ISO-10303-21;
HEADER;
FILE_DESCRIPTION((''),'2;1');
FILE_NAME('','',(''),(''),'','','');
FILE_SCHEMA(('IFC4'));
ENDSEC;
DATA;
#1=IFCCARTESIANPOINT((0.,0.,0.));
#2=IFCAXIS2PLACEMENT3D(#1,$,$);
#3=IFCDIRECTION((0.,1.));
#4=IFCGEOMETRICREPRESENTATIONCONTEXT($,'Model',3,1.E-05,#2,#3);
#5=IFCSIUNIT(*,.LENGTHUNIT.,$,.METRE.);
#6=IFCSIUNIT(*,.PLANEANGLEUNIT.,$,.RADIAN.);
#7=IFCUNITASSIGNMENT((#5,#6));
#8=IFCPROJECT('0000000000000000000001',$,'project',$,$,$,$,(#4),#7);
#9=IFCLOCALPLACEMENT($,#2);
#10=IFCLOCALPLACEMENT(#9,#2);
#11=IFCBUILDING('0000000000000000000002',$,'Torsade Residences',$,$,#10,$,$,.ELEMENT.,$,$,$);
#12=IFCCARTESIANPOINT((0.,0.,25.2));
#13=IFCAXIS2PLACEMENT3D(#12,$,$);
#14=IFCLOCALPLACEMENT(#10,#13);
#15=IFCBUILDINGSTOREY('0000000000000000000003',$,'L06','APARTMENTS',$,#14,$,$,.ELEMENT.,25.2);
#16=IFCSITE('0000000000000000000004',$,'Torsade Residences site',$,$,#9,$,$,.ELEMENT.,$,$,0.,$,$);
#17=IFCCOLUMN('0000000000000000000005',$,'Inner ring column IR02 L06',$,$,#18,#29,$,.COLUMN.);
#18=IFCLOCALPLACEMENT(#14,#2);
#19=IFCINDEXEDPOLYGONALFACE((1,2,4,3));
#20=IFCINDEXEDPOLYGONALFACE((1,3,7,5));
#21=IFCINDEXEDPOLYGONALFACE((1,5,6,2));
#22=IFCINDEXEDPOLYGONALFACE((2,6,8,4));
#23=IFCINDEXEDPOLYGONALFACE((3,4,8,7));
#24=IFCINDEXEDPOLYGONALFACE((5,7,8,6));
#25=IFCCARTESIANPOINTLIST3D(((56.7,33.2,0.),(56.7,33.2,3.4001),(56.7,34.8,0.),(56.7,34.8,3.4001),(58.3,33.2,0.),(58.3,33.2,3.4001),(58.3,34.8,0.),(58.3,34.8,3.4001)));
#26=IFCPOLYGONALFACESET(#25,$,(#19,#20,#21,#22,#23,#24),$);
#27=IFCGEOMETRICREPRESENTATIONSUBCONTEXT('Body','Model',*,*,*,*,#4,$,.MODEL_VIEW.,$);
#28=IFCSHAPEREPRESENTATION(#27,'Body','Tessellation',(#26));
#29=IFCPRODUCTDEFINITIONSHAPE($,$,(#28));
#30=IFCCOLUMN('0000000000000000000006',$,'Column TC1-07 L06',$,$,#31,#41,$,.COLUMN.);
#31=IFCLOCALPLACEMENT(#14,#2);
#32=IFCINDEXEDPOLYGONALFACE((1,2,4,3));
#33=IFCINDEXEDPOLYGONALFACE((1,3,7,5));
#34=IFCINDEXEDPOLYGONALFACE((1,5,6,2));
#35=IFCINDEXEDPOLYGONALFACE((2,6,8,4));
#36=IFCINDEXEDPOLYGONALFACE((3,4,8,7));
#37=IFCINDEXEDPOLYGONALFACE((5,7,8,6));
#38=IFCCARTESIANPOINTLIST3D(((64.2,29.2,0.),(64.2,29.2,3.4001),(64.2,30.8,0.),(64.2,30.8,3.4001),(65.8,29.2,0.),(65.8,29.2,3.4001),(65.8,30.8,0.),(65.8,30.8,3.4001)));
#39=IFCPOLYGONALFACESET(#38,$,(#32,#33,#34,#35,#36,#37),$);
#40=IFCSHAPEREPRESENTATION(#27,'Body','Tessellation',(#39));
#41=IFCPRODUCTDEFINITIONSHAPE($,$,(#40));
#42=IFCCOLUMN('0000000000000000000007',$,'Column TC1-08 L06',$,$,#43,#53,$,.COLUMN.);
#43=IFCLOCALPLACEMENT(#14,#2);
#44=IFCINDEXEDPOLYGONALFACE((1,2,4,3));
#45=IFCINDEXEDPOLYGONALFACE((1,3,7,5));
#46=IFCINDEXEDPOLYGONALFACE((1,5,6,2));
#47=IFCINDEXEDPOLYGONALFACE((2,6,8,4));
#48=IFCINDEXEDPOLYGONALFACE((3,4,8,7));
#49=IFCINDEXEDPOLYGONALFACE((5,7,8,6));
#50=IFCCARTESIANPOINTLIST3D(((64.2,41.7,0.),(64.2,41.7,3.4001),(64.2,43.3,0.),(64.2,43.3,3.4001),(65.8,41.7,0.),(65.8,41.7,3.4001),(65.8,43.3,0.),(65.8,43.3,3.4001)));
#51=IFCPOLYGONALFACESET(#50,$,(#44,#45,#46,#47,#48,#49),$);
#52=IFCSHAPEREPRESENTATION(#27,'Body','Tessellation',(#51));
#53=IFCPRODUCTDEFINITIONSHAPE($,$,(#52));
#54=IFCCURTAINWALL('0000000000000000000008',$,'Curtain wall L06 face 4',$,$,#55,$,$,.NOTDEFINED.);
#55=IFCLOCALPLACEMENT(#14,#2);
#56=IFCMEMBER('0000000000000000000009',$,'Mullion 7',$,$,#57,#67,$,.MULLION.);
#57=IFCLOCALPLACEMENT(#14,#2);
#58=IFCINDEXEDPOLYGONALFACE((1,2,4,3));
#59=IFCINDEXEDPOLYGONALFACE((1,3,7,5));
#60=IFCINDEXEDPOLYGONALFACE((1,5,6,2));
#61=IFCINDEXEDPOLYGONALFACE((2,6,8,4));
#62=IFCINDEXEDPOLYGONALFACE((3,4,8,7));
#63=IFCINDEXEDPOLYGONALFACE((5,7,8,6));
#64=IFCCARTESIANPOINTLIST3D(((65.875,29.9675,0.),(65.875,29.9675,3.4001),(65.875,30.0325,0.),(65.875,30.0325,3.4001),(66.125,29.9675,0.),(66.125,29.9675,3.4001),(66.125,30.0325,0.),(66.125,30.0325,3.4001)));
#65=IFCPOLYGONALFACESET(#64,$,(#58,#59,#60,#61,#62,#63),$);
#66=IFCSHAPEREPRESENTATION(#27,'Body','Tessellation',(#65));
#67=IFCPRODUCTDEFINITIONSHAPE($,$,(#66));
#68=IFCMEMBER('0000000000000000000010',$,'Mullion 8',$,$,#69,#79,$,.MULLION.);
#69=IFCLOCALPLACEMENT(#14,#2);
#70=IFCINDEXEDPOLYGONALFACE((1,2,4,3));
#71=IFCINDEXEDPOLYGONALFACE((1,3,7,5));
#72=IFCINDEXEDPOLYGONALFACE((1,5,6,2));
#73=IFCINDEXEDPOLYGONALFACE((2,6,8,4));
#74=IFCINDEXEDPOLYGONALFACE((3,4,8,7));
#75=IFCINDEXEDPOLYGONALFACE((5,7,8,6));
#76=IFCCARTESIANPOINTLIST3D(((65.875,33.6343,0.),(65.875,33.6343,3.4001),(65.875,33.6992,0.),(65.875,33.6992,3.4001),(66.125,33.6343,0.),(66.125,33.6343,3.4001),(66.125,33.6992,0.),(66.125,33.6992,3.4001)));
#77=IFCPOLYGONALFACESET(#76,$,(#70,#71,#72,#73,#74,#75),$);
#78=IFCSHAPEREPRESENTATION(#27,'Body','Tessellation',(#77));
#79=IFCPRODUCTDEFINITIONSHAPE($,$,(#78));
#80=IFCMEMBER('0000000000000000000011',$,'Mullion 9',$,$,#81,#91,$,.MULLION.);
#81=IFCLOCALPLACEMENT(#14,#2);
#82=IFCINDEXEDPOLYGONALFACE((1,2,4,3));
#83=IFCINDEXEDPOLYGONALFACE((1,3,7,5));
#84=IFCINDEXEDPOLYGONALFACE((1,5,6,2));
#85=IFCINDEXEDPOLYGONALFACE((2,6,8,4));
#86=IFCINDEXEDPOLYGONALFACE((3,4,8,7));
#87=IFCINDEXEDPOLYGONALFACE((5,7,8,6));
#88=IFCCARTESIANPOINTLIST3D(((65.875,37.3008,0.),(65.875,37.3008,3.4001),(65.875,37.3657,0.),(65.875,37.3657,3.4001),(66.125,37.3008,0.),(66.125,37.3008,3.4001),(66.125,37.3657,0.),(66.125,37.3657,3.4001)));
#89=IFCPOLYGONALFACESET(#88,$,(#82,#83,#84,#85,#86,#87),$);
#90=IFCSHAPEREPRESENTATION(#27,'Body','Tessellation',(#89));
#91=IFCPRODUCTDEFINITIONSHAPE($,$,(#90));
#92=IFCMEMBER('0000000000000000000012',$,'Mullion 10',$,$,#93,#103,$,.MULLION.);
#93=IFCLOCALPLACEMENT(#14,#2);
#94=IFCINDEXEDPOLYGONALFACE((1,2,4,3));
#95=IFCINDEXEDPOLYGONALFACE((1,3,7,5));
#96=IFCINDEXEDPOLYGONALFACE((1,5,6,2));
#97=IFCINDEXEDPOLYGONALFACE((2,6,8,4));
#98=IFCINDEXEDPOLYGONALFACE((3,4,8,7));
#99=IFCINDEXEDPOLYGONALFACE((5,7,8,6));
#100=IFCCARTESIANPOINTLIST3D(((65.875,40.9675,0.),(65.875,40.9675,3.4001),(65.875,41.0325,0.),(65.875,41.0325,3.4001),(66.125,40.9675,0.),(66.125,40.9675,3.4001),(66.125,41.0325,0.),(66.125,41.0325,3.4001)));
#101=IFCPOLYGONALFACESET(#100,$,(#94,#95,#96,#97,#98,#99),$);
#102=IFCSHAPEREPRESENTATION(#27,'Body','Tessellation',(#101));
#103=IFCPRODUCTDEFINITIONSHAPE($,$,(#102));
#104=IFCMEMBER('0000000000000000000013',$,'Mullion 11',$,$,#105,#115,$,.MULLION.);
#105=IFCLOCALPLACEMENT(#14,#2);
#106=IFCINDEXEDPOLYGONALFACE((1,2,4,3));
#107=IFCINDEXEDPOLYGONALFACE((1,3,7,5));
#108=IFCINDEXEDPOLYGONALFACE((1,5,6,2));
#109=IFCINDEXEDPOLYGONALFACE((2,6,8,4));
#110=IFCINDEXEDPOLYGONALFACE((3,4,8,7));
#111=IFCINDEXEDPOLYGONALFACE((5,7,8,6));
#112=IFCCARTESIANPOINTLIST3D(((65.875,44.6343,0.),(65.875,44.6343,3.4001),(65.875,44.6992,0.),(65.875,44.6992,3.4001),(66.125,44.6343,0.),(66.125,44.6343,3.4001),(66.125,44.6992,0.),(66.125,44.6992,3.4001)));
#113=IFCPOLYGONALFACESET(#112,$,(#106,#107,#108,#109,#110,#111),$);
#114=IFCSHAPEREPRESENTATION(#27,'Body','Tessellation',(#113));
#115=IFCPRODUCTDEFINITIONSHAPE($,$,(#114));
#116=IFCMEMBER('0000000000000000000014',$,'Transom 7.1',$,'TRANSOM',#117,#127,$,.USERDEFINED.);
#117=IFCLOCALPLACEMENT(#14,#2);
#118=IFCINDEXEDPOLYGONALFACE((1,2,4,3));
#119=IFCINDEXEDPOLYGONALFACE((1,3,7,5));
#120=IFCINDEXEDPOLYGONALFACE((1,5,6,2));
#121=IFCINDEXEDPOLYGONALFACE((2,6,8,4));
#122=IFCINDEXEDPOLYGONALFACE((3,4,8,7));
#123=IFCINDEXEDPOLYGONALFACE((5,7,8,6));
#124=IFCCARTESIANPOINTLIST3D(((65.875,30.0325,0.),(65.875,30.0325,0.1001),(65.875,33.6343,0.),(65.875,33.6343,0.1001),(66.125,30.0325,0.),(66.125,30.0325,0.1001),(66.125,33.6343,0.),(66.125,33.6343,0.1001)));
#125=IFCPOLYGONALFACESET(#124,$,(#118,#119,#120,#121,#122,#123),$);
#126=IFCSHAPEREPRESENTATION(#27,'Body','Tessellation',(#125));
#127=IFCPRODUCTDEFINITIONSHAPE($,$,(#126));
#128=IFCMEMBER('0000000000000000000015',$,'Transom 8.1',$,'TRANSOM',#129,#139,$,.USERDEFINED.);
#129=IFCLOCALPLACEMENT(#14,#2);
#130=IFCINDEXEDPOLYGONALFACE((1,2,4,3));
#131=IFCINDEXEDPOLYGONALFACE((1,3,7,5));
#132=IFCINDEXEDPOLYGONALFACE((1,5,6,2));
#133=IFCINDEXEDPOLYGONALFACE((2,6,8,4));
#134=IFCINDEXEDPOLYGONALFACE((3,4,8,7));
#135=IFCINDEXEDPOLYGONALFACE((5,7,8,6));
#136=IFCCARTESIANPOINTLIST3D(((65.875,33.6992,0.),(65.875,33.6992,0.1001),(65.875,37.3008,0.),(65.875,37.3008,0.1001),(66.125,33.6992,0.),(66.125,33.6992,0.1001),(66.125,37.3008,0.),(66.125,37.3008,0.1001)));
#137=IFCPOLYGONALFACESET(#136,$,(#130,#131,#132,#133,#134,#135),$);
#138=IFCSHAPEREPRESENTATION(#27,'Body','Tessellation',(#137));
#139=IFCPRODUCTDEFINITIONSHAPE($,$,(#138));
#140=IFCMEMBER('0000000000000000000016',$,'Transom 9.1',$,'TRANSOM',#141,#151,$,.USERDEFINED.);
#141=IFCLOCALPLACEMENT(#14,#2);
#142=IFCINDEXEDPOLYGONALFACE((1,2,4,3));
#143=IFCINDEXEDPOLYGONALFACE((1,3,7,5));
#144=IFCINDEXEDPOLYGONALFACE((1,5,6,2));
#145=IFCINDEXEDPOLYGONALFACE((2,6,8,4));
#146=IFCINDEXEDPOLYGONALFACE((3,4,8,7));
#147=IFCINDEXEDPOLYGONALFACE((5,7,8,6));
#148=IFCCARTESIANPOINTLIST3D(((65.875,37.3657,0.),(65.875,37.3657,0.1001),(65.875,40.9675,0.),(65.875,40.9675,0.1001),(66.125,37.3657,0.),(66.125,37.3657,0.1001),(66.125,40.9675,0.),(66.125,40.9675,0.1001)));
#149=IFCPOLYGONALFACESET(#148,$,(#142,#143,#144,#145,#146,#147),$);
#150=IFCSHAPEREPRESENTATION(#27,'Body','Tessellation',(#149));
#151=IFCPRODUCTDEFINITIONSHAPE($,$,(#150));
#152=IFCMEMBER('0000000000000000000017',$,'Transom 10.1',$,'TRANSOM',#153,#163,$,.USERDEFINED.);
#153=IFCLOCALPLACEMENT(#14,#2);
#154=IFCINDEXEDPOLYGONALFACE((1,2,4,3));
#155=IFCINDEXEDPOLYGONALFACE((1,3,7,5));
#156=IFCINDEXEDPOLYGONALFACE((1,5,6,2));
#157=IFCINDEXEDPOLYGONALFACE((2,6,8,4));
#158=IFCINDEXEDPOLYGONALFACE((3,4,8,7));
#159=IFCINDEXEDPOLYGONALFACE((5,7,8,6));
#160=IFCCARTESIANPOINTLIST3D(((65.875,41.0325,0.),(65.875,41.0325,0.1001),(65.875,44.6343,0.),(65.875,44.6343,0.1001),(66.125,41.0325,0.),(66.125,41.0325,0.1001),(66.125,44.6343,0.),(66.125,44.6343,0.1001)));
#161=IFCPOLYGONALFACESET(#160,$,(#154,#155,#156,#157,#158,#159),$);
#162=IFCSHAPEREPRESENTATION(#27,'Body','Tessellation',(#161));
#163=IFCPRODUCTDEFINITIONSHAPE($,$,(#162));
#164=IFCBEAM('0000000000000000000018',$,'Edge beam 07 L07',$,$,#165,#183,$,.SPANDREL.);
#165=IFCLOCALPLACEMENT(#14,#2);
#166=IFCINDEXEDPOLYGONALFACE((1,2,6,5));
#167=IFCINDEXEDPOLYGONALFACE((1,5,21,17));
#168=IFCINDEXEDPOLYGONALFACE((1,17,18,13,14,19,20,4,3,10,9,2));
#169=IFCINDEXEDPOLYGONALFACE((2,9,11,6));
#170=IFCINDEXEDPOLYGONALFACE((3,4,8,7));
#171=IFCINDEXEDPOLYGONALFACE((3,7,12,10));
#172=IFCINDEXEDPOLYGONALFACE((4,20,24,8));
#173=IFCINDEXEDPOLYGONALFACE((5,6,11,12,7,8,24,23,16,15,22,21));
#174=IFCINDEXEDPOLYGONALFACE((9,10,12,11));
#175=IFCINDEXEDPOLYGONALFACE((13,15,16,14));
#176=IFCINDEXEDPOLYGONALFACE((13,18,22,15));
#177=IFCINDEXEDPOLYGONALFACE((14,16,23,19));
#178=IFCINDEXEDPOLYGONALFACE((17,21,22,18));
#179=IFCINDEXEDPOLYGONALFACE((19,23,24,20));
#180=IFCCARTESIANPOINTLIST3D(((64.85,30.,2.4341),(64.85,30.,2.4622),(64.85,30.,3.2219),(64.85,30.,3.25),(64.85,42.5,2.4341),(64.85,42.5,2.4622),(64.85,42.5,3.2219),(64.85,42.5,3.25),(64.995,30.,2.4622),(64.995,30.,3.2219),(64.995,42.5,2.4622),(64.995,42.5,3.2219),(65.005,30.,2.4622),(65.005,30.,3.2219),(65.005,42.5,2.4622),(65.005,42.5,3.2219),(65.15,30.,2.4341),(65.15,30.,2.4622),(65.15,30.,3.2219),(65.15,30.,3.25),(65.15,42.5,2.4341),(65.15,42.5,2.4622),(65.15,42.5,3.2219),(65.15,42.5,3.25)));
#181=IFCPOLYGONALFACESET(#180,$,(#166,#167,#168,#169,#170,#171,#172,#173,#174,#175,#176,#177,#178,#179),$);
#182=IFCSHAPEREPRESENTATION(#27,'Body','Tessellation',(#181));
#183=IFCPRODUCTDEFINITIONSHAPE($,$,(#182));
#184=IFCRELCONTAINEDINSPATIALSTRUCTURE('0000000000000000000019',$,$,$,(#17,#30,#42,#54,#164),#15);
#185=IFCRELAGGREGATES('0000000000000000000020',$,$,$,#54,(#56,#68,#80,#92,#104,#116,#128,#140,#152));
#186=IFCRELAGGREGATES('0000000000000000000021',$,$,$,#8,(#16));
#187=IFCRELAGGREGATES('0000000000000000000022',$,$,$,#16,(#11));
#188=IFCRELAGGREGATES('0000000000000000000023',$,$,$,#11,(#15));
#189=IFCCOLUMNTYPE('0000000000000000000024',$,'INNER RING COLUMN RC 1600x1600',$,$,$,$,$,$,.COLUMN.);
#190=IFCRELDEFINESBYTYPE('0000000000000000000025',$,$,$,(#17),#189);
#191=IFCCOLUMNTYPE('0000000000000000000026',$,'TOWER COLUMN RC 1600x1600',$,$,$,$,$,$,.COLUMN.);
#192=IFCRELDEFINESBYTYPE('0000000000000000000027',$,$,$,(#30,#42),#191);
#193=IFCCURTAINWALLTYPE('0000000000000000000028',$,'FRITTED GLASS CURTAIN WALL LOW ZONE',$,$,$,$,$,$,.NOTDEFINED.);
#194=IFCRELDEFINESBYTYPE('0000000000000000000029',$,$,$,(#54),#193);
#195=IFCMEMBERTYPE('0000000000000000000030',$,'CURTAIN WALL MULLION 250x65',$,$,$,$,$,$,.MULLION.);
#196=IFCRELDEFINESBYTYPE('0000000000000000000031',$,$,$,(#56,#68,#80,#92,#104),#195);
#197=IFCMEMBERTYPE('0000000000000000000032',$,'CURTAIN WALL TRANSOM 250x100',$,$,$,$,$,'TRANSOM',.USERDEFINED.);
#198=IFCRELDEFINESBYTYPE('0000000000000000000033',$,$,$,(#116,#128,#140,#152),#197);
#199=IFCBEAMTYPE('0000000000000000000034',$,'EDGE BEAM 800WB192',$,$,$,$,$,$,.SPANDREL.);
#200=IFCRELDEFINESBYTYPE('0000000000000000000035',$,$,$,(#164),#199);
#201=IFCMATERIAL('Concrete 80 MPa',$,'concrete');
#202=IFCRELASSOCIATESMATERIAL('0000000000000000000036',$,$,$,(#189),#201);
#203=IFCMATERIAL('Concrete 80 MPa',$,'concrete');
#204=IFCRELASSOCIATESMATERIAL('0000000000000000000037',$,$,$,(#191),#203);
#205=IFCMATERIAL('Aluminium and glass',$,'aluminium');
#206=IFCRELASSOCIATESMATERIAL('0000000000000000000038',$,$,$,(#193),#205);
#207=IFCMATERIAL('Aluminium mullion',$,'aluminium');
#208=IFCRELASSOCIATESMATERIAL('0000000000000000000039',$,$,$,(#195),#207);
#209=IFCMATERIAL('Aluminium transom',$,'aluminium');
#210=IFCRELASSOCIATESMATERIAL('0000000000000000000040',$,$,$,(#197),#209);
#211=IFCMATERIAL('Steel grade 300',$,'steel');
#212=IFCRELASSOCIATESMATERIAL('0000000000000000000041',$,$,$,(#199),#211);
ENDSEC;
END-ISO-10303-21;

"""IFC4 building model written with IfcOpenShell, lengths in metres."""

from ifc_helpers import new_model, si_unit, direction, frame, origin, origin_2d, place, context, subcontext, project, spatial, rectangle, i_section, extrude, material, material_profile, profile_set, type_object, element, aggregate, save


model = new_model("IFC4")

# Units and contexts
model_context = context("Model", 3, precision=1e-05, world=origin(), true_north=direction((0.0, 1.0)))
body_context = subcontext(model_context, "Body", "Model", "MODEL_VIEW")
ifc_project = project(units=[si_unit("LENGTHUNIT", "METRE"), si_unit("PLANEANGLEUNIT", "RADIAN")], contexts=[model_context])

# Site, building, storey
site_placement = place(None, origin())
site = spatial("IfcSite", under=ifc_project, at=site_placement, Name="Torsade Residences site", CompositionType="ELEMENT", RefElevation=0.0)
building_placement = place(site_placement, origin())
building = spatial("IfcBuilding", under=site, at=building_placement, Name="Torsade Residences", CompositionType="ELEMENT")
storey_placement = place(building_placement, frame((0.0, 0.0, 25.2)))
storey = spatial("IfcBuildingStorey", under=building, at=storey_placement, Name="L06", Description="APARTMENTS", CompositionType="ELEMENT", Elevation=25.2)

# Columns
ifc_material_1 = material(Name="Concrete 80 MPa", Category="concrete")
ifc_material_profile_1 = material_profile(ifc_material_1, rectangle(XDim=1.6001, YDim=1.6001, at=origin_2d()), Name="RC 1600x1600")
ifc_profile_set_1 = profile_set([ifc_material_profile_1], Name="Concrete 80 MPa")
column_type_1 = type_object("IfcColumnType", Name="INNER RING COLUMN RC 1600x1600", PredefinedType="COLUMN", material=ifc_profile_set_1)
column_placement = place(storey_placement, frame((57.5, 34.0, 0.0), z_axis=(0.0, 0.0, 1.0), x_axis=(1.0, 0.0, 0.0)))
element("IfcColumn", 1, at=column_placement, inside=storey, type_object=column_type_1, Name="Inner ring column IR02 L06", PredefinedType="COLUMN", context=body_context, shape_type="SweptSolid", body=[
    extrude(rectangle(XDim=1.6001, YDim=1.6001, at=origin_2d()), origin(), (0.0, 0.0, 1.0), 3.4001),
])
ifc_material_2 = material(Name="Concrete 80 MPa", Category="concrete")
ifc_material_profile_2 = material_profile(ifc_material_2, rectangle(XDim=1.6001, YDim=1.6001, at=origin_2d()), Name="RC 1600x1600")
ifc_profile_set_2 = profile_set([ifc_material_profile_2], Name="Concrete 80 MPa")
column_type_2 = type_object("IfcColumnType", Name="TOWER COLUMN RC 1600x1600", PredefinedType="COLUMN", material=ifc_profile_set_2)
for number, where, z_axis, x_axis, name in (
    (2, (65.0, 30.0, 0.0), (0.0, 0.0, 1.0), (1.0, 0.0, 0.0), "Column TC1-07 L06"),
    (3, (65.0, 42.5, 0.0), (0.0, 0.0, 1.0), (1.0, 0.0, 0.0), "Column TC1-08 L06"),
):
    element("IfcColumn", number, at=place(storey_placement, frame(where, z_axis=z_axis, x_axis=x_axis)), inside=storey, type_object=column_type_2, Name=name, PredefinedType="COLUMN", context=body_context, shape_type="SweptSolid", body=[
        extrude(rectangle(XDim=1.6001, YDim=1.6001, at=origin_2d()), origin(), (0.0, 0.0, 1.0), 3.4001),
    ])

# Curtain wall, members
ifc_material_3 = material(Name="Aluminium and glass", Category="aluminium")
curtain_wall_type = type_object("IfcCurtainWallType", Name="FRITTED GLASS CURTAIN WALL LOW ZONE", PredefinedType="NOTDEFINED", material=ifc_material_3)
curtain_wall_placement = place(storey_placement, origin())
curtain_wall = element("IfcCurtainWall", 4, at=curtain_wall_placement, inside=storey, type_object=curtain_wall_type, Name="Curtain wall L06 face 4", PredefinedType="NOTDEFINED")
ifc_material_4 = material(Name="Aluminium mullion", Category="aluminium")
ifc_material_profile_3 = material_profile(ifc_material_4, rectangle(XDim=0.25, YDim=0.0649, at=origin_2d()), Name="CURTAIN WALL MULLION 250x65")
ifc_profile_set_3 = profile_set([ifc_material_profile_3], Name="Aluminium mullion")
member_type_1 = type_object("IfcMemberType", Name="CURTAIN WALL MULLION 250x65", PredefinedType="MULLION", material=ifc_profile_set_3)
member_1_placement = place(storey_placement, frame((66.0, 30.0, 0.0), z_axis=(0.0, 0.0, 1.0), x_axis=(-1.0, 0.0, 0.0)))
member_1 = element("IfcMember", 5, at=member_1_placement, type_object=member_type_1, Name="Mullion 7", PredefinedType="MULLION", context=body_context, shape_type="SweptSolid", body=[
    extrude(rectangle(XDim=0.25, YDim=0.0649, at=origin_2d()), origin(), (0.0, 0.0, 1.0), 3.4001),
])
member_2_placement = place(storey_placement, frame((66.0, 33.6667, 0.0), z_axis=(0.0, 0.0, 1.0), x_axis=(-1.0, 0.0, 0.0)))
member_2 = element("IfcMember", 6, at=member_2_placement, type_object=member_type_1, Name="Mullion 8", PredefinedType="MULLION", context=body_context, shape_type="SweptSolid", body=[
    extrude(rectangle(XDim=0.25, YDim=0.0649, at=origin_2d()), origin(), (0.0, 0.0, 1.0), 3.4001),
])
member_3_placement = place(storey_placement, frame((66.0, 37.3333, 0.0), z_axis=(0.0, 0.0, 1.0), x_axis=(-1.0, 0.0, 0.0)))
member_3 = element("IfcMember", 7, at=member_3_placement, type_object=member_type_1, Name="Mullion 9", PredefinedType="MULLION", context=body_context, shape_type="SweptSolid", body=[
    extrude(rectangle(XDim=0.25, YDim=0.0649, at=origin_2d()), origin(), (0.0, 0.0, 1.0), 3.4001),
])
member_4_placement = place(storey_placement, frame((66.0, 41.0, 0.0), z_axis=(0.0, 0.0, 1.0), x_axis=(-1.0, 0.0, 0.0)))
member_4 = element("IfcMember", 8, at=member_4_placement, type_object=member_type_1, Name="Mullion 10", PredefinedType="MULLION", context=body_context, shape_type="SweptSolid", body=[
    extrude(rectangle(XDim=0.25, YDim=0.0649, at=origin_2d()), origin(), (0.0, 0.0, 1.0), 3.4001),
])
member_5_placement = place(storey_placement, frame((66.0, 44.6667, 0.0), z_axis=(0.0, 0.0, 1.0), x_axis=(-1.0, 0.0, 0.0)))
member_5 = element("IfcMember", 9, at=member_5_placement, type_object=member_type_1, Name="Mullion 11", PredefinedType="MULLION", context=body_context, shape_type="SweptSolid", body=[
    extrude(rectangle(XDim=0.25, YDim=0.0649, at=origin_2d()), origin(), (0.0, 0.0, 1.0), 3.4001),
])
ifc_material_5 = material(Name="Aluminium transom", Category="aluminium")
ifc_material_profile_4 = material_profile(ifc_material_5, rectangle(XDim=0.25, YDim=0.1001, at=origin_2d()), Name="CURTAIN WALL TRANSOM 250x100")
ifc_profile_set_4 = profile_set([ifc_material_profile_4], Name="Aluminium transom")
member_type_2 = type_object("IfcMemberType", Name="CURTAIN WALL TRANSOM 250x100", ElementType="TRANSOM", PredefinedType="USERDEFINED", material=ifc_profile_set_4)
member_6_placement = place(storey_placement, frame((66.0, 30.0325, 0.05), z_axis=(0.0, 1.0, 0.0), x_axis=(-1.0, 0.0, 0.0)))
member_6 = element("IfcMember", 10, at=member_6_placement, type_object=member_type_2, Name="Transom 7.1", ObjectType="TRANSOM", PredefinedType="USERDEFINED", context=body_context, shape_type="SweptSolid", body=[
    extrude(rectangle(XDim=0.25, YDim=0.1001, at=origin_2d()), origin(), (0.0, 0.0, 1.0), 3.6018),
])
member_7_placement = place(storey_placement, frame((66.0, 33.6992, 0.05), z_axis=(0.0, 1.0, 0.0), x_axis=(-1.0, 0.0, 0.0)))
member_7 = element("IfcMember", 11, at=member_7_placement, type_object=member_type_2, Name="Transom 8.1", ObjectType="TRANSOM", PredefinedType="USERDEFINED", context=body_context, shape_type="SweptSolid", body=[
    extrude(rectangle(XDim=0.25, YDim=0.1001, at=origin_2d()), origin(), (0.0, 0.0, 1.0), 3.6016),
])
member_8_placement = place(storey_placement, frame((66.0, 37.3657, 0.05), z_axis=(0.0, 1.0, 0.0), x_axis=(-1.0, 0.0, 0.0)))
member_8 = element("IfcMember", 12, at=member_8_placement, type_object=member_type_2, Name="Transom 9.1", ObjectType="TRANSOM", PredefinedType="USERDEFINED", context=body_context, shape_type="SweptSolid", body=[
    extrude(rectangle(XDim=0.25, YDim=0.1001, at=origin_2d()), origin(), (0.0, 0.0, 1.0), 3.6018),
])
member_9_placement = place(storey_placement, frame((66.0, 41.0325, 0.05), z_axis=(0.0, 1.0, 0.0), x_axis=(-1.0, 0.0, 0.0)))
member_9 = element("IfcMember", 13, at=member_9_placement, type_object=member_type_2, Name="Transom 10.1", ObjectType="TRANSOM", PredefinedType="USERDEFINED", context=body_context, shape_type="SweptSolid", body=[
    extrude(rectangle(XDim=0.25, YDim=0.1001, at=origin_2d()), origin(), (0.0, 0.0, 1.0), 3.6018),
])

# Beam
ifc_material_6 = material(Name="Steel grade 300", Category="steel")
ifc_material_profile_5 = material_profile(ifc_material_6, i_section(OverallWidth=0.3, OverallDepth=0.8159, WebThickness=0.01, FlangeThickness=0.0281, at=origin_2d()), Name="800WB192")
ifc_profile_set_5 = profile_set([ifc_material_profile_5], Name="Steel grade 300")
beam_type_1 = type_object("IfcBeamType", Name="EDGE BEAM 800WB192", PredefinedType="SPANDREL", material=ifc_profile_set_5)
for number, where, z_axis, x_axis, name in (
    (14, (65.0, 30.0, 2.842), (0.0, 1.0, 0.0), (-1.0, 0.0, 0.0), "Edge beam 07 L07"),
):
    element("IfcBeam", number, at=place(storey_placement, frame(where, z_axis=z_axis, x_axis=x_axis)), inside=storey, type_object=beam_type_1, Name=name, PredefinedType="SPANDREL", context=body_context, shape_type="SweptSolid", body=[
        extrude(i_section(OverallWidth=0.3, OverallDepth=0.8159, WebThickness=0.01, FlangeThickness=0.0281, at=origin_2d()), origin(), (0.0, 0.0, 1.0), 12.5),
    ])

aggregate(curtain_wall, [member_1, member_2, member_3, member_4, member_5, member_6, member_7, member_8, member_9])

save(model, "model.ifc")
